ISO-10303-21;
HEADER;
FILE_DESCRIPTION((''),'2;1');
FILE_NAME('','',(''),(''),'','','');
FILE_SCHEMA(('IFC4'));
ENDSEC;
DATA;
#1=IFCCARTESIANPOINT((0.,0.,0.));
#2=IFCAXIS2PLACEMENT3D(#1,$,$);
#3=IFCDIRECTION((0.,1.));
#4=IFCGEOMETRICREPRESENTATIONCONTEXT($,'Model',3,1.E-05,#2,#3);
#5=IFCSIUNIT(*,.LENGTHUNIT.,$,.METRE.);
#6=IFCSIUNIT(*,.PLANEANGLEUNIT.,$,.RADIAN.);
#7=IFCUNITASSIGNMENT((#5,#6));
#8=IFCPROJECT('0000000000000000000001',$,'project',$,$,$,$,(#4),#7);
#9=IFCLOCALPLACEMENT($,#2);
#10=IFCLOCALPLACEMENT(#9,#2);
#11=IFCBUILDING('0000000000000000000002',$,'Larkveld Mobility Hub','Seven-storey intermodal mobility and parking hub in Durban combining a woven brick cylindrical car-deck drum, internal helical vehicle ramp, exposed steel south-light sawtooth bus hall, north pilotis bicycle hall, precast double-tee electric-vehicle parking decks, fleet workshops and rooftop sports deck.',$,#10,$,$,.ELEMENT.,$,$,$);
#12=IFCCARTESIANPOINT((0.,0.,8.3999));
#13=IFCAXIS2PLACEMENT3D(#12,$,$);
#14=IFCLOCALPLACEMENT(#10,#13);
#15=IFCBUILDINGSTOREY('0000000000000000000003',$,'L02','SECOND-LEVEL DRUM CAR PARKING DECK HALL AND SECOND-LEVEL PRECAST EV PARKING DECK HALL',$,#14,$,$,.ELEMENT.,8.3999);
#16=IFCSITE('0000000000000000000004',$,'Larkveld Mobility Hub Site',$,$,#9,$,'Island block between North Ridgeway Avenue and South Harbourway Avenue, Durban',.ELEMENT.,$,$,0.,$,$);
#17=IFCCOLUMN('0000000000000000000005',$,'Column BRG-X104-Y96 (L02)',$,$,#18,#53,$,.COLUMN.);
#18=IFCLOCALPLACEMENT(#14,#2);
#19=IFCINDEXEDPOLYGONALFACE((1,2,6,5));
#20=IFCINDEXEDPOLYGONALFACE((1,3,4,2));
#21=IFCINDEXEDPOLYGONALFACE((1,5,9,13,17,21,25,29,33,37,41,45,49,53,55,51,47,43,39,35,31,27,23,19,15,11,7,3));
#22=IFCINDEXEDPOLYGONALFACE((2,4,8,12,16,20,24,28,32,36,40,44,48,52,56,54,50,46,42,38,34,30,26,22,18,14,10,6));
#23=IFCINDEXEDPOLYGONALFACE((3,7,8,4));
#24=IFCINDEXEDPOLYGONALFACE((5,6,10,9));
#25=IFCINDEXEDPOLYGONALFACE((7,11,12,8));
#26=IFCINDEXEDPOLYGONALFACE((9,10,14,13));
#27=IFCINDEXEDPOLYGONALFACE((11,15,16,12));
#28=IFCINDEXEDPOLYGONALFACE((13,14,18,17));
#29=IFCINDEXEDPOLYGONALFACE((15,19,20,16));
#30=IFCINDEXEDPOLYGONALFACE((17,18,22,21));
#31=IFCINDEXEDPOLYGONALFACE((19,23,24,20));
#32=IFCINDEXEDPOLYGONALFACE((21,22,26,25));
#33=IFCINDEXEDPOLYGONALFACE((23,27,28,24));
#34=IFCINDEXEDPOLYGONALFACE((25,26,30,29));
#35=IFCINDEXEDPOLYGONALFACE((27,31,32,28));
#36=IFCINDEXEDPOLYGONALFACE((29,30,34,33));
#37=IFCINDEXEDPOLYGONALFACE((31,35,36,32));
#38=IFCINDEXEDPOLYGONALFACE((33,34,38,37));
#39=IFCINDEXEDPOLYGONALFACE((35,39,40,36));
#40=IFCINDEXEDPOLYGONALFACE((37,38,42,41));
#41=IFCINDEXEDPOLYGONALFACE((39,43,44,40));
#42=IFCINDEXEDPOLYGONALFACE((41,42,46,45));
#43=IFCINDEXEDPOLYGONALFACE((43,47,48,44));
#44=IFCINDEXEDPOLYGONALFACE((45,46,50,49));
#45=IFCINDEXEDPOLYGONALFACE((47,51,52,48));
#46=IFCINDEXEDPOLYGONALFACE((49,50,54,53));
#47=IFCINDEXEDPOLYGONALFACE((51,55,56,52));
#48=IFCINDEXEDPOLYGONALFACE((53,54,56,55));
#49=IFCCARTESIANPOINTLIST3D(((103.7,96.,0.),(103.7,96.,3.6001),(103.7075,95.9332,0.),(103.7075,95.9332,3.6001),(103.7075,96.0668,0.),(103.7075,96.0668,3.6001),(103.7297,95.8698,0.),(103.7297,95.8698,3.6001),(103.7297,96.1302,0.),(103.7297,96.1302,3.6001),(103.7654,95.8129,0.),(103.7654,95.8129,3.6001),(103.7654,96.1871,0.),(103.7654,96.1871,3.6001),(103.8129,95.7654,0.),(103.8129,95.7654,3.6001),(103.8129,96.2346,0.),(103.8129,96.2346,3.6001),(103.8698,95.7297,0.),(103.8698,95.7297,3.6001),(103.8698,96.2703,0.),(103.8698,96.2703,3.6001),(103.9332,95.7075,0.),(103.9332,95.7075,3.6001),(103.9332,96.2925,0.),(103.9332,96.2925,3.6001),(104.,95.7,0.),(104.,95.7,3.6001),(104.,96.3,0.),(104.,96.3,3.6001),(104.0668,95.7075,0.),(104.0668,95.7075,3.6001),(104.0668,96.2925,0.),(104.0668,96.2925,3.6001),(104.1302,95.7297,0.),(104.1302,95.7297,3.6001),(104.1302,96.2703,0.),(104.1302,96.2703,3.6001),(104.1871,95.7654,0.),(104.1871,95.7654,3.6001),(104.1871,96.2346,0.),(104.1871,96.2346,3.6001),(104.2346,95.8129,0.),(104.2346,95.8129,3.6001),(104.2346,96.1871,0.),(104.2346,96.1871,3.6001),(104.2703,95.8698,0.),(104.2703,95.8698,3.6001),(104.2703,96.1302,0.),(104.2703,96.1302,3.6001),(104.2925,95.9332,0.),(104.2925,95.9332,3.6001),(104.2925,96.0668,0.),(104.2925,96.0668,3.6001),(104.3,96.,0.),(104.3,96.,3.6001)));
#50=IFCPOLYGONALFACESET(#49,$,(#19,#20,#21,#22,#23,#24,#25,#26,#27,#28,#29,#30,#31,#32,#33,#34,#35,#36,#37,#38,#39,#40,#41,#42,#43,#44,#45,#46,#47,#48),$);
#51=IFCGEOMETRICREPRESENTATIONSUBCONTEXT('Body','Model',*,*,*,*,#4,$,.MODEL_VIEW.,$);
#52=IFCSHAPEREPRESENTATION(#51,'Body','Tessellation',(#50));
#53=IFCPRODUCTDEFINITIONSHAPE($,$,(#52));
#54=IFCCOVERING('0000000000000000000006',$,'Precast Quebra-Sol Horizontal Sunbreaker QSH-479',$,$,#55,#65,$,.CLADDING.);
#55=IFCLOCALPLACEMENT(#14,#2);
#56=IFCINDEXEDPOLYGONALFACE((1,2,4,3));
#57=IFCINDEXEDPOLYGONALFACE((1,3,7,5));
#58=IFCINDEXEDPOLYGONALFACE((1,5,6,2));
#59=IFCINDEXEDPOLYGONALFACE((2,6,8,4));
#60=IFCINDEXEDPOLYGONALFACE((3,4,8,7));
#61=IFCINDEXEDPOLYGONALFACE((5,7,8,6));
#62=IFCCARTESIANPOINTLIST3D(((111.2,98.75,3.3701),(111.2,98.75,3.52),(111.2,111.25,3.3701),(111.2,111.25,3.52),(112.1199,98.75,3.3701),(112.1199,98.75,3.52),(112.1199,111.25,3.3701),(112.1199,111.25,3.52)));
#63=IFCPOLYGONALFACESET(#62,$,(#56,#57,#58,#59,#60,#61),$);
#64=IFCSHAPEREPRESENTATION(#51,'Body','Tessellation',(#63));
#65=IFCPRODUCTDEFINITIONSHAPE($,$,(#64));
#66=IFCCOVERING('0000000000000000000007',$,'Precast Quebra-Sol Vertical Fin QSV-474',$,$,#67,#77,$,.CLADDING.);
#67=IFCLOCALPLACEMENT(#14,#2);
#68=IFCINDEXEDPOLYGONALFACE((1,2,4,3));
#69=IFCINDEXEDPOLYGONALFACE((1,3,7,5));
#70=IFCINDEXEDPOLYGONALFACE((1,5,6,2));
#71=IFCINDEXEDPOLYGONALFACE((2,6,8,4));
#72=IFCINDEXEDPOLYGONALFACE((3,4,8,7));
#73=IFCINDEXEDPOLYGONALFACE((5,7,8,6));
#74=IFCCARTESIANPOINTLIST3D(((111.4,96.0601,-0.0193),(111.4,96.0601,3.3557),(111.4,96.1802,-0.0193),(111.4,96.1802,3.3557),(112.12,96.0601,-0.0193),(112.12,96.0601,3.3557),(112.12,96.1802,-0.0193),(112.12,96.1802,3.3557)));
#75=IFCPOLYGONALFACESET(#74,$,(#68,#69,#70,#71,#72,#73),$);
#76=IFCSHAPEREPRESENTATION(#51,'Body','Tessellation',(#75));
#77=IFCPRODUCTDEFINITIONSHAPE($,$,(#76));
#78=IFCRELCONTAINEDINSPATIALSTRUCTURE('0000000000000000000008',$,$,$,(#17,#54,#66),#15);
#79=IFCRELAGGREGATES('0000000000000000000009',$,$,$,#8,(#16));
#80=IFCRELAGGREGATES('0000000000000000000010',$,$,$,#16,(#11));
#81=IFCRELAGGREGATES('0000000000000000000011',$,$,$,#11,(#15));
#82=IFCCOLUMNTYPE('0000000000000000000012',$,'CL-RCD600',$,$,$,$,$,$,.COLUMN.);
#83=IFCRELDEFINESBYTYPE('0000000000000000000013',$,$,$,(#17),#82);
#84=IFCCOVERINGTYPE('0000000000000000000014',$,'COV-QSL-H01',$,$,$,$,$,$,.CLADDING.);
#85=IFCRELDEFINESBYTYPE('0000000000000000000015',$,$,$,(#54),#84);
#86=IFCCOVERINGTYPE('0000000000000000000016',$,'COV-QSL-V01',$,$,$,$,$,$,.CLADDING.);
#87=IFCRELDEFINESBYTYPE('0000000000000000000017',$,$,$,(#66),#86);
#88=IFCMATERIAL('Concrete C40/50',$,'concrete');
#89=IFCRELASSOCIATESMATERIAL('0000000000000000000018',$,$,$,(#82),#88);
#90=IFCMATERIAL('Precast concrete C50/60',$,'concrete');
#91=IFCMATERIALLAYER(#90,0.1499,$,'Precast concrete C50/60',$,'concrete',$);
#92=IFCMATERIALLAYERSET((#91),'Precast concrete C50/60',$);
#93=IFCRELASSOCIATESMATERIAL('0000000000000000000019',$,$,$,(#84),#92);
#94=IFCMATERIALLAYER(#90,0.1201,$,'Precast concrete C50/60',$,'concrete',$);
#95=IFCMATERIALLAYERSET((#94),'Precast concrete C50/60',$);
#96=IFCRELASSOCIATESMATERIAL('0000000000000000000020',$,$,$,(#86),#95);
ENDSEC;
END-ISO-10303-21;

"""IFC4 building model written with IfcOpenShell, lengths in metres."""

from ifc_helpers import new_model, si_unit, direction, frame, origin, origin_2d, place, context, subcontext, project, spatial, rectangle, circle, extrude, material, layer, layer_set, material_profile, profile_set, type_object, element, save


model = new_model("IFC4")

# Units and contexts
model_context = context("Model", 3, precision=1e-05, world=origin(), true_north=direction((0.0, 1.0)))
body_context = subcontext(model_context, "Body", "Model", "MODEL_VIEW")
ifc_project = project(units=[si_unit("LENGTHUNIT", "METRE"), si_unit("PLANEANGLEUNIT", "RADIAN")], contexts=[model_context])

# Site, building, storey
site_placement = place(None, origin())
site = spatial("IfcSite", under=ifc_project, at=site_placement, Name="Larkveld Mobility Hub Site", LongName="Island block between North Ridgeway Avenue and South Harbourway Avenue, Durban", CompositionType="ELEMENT", RefElevation=0.0)
building_placement = place(site_placement, origin())
building = spatial("IfcBuilding", under=site, at=building_placement, Name="Larkveld Mobility Hub", Description="Seven-storey intermodal mobility and parking hub in Durban combining a woven brick cylindrical car-deck drum, internal helical vehicle ramp, exposed steel south-light sawtooth bus hall, north pilotis bicycle hall, precast double-tee electric-vehicle parking decks, fleet workshops and rooftop sports deck.", CompositionType="ELEMENT")
storey_placement = place(building_placement, frame((0.0, 0.0, 8.3999)))
storey = spatial("IfcBuildingStorey", under=building, at=storey_placement, Name="L02", Description="SECOND-LEVEL DRUM CAR PARKING DECK HALL AND SECOND-LEVEL PRECAST EV PARKING DECK HALL", CompositionType="ELEMENT", Elevation=8.3999)

# Column
ifc_material_1 = material(Name="Concrete C40/50", Category="concrete")
ifc_material_profile = material_profile(ifc_material_1, circle(Radius=0.3, at=origin_2d()), Name="RC COL D600")
ifc_profile_set = profile_set([ifc_material_profile], Name="Concrete C40/50")
column_type = type_object("IfcColumnType", Name="CL-RCD600", PredefinedType="COLUMN", material=ifc_profile_set)
column_placement = place(storey_placement, frame((104.0, 96.0, 0.0), z_axis=(0.0, 0.0, 1.0), x_axis=(1.0, 0.0, 0.0)))
element("IfcColumn", 1, at=column_placement, inside=storey, type_object=column_type, Name="Column BRG-X104-Y96 (L02)", PredefinedType="COLUMN", context=body_context, shape_type="SweptSolid", body=[
    extrude(circle(Radius=0.3, at=origin_2d()), origin(), (0.0, 0.0, 1.0), 3.6001),
])

# Coverings
ifc_material_2 = material(Name="Precast concrete C50/60", Category="concrete")
ifc_layer_1 = layer(ifc_material_2, 0.1499, Name="Precast concrete C50/60", Category="concrete")
ifc_layer_set_1 = layer_set([ifc_layer_1], Name="Precast concrete C50/60")
covering_type_1 = type_object("IfcCoveringType", Name="COV-QSL-H01", PredefinedType="CLADDING", material=ifc_layer_set_1)
covering_1_placement = place(storey_placement, frame((111.6599, 105.0, 3.3701), z_axis=(0.0, 0.0, 1.0), x_axis=(0.0, -1.0, 0.0)))
element("IfcCovering", 2, at=covering_1_placement, inside=storey, type_object=covering_type_1, Name="Precast Quebra-Sol Horizontal Sunbreaker QSH-479", PredefinedType="CLADDING", context=body_context, shape_type="SweptSolid", body=[
    extrude(rectangle(XDim=12.5, YDim=0.9199, at=origin_2d()), origin(), (0.0, 0.0, 1.0), 0.1499),
])
ifc_layer_2 = layer(ifc_material_2, 0.1201, Name="Precast concrete C50/60", Category="concrete")
ifc_layer_set_2 = layer_set([ifc_layer_2], Name="Precast concrete C50/60")
covering_type_2 = type_object("IfcCoveringType", Name="COV-QSL-V01", PredefinedType="CLADDING", material=ifc_layer_set_2)
covering_2_placement = place(storey_placement, frame((111.76, 96.1201, -0.0193), z_axis=(0.0, 0.0, 1.0), x_axis=(0.0, -1.0, 0.0)))
element("IfcCovering", 3, at=covering_2_placement, inside=storey, type_object=covering_type_2, Name="Precast Quebra-Sol Vertical Fin QSV-474", PredefinedType="CLADDING", context=body_context, shape_type="SweptSolid", body=[
    extrude(rectangle(XDim=0.1201, YDim=0.72, at=origin_2d()), origin(), (0.0, 0.0, 1.0), 3.375),
])

save(model, "model.ifc")
